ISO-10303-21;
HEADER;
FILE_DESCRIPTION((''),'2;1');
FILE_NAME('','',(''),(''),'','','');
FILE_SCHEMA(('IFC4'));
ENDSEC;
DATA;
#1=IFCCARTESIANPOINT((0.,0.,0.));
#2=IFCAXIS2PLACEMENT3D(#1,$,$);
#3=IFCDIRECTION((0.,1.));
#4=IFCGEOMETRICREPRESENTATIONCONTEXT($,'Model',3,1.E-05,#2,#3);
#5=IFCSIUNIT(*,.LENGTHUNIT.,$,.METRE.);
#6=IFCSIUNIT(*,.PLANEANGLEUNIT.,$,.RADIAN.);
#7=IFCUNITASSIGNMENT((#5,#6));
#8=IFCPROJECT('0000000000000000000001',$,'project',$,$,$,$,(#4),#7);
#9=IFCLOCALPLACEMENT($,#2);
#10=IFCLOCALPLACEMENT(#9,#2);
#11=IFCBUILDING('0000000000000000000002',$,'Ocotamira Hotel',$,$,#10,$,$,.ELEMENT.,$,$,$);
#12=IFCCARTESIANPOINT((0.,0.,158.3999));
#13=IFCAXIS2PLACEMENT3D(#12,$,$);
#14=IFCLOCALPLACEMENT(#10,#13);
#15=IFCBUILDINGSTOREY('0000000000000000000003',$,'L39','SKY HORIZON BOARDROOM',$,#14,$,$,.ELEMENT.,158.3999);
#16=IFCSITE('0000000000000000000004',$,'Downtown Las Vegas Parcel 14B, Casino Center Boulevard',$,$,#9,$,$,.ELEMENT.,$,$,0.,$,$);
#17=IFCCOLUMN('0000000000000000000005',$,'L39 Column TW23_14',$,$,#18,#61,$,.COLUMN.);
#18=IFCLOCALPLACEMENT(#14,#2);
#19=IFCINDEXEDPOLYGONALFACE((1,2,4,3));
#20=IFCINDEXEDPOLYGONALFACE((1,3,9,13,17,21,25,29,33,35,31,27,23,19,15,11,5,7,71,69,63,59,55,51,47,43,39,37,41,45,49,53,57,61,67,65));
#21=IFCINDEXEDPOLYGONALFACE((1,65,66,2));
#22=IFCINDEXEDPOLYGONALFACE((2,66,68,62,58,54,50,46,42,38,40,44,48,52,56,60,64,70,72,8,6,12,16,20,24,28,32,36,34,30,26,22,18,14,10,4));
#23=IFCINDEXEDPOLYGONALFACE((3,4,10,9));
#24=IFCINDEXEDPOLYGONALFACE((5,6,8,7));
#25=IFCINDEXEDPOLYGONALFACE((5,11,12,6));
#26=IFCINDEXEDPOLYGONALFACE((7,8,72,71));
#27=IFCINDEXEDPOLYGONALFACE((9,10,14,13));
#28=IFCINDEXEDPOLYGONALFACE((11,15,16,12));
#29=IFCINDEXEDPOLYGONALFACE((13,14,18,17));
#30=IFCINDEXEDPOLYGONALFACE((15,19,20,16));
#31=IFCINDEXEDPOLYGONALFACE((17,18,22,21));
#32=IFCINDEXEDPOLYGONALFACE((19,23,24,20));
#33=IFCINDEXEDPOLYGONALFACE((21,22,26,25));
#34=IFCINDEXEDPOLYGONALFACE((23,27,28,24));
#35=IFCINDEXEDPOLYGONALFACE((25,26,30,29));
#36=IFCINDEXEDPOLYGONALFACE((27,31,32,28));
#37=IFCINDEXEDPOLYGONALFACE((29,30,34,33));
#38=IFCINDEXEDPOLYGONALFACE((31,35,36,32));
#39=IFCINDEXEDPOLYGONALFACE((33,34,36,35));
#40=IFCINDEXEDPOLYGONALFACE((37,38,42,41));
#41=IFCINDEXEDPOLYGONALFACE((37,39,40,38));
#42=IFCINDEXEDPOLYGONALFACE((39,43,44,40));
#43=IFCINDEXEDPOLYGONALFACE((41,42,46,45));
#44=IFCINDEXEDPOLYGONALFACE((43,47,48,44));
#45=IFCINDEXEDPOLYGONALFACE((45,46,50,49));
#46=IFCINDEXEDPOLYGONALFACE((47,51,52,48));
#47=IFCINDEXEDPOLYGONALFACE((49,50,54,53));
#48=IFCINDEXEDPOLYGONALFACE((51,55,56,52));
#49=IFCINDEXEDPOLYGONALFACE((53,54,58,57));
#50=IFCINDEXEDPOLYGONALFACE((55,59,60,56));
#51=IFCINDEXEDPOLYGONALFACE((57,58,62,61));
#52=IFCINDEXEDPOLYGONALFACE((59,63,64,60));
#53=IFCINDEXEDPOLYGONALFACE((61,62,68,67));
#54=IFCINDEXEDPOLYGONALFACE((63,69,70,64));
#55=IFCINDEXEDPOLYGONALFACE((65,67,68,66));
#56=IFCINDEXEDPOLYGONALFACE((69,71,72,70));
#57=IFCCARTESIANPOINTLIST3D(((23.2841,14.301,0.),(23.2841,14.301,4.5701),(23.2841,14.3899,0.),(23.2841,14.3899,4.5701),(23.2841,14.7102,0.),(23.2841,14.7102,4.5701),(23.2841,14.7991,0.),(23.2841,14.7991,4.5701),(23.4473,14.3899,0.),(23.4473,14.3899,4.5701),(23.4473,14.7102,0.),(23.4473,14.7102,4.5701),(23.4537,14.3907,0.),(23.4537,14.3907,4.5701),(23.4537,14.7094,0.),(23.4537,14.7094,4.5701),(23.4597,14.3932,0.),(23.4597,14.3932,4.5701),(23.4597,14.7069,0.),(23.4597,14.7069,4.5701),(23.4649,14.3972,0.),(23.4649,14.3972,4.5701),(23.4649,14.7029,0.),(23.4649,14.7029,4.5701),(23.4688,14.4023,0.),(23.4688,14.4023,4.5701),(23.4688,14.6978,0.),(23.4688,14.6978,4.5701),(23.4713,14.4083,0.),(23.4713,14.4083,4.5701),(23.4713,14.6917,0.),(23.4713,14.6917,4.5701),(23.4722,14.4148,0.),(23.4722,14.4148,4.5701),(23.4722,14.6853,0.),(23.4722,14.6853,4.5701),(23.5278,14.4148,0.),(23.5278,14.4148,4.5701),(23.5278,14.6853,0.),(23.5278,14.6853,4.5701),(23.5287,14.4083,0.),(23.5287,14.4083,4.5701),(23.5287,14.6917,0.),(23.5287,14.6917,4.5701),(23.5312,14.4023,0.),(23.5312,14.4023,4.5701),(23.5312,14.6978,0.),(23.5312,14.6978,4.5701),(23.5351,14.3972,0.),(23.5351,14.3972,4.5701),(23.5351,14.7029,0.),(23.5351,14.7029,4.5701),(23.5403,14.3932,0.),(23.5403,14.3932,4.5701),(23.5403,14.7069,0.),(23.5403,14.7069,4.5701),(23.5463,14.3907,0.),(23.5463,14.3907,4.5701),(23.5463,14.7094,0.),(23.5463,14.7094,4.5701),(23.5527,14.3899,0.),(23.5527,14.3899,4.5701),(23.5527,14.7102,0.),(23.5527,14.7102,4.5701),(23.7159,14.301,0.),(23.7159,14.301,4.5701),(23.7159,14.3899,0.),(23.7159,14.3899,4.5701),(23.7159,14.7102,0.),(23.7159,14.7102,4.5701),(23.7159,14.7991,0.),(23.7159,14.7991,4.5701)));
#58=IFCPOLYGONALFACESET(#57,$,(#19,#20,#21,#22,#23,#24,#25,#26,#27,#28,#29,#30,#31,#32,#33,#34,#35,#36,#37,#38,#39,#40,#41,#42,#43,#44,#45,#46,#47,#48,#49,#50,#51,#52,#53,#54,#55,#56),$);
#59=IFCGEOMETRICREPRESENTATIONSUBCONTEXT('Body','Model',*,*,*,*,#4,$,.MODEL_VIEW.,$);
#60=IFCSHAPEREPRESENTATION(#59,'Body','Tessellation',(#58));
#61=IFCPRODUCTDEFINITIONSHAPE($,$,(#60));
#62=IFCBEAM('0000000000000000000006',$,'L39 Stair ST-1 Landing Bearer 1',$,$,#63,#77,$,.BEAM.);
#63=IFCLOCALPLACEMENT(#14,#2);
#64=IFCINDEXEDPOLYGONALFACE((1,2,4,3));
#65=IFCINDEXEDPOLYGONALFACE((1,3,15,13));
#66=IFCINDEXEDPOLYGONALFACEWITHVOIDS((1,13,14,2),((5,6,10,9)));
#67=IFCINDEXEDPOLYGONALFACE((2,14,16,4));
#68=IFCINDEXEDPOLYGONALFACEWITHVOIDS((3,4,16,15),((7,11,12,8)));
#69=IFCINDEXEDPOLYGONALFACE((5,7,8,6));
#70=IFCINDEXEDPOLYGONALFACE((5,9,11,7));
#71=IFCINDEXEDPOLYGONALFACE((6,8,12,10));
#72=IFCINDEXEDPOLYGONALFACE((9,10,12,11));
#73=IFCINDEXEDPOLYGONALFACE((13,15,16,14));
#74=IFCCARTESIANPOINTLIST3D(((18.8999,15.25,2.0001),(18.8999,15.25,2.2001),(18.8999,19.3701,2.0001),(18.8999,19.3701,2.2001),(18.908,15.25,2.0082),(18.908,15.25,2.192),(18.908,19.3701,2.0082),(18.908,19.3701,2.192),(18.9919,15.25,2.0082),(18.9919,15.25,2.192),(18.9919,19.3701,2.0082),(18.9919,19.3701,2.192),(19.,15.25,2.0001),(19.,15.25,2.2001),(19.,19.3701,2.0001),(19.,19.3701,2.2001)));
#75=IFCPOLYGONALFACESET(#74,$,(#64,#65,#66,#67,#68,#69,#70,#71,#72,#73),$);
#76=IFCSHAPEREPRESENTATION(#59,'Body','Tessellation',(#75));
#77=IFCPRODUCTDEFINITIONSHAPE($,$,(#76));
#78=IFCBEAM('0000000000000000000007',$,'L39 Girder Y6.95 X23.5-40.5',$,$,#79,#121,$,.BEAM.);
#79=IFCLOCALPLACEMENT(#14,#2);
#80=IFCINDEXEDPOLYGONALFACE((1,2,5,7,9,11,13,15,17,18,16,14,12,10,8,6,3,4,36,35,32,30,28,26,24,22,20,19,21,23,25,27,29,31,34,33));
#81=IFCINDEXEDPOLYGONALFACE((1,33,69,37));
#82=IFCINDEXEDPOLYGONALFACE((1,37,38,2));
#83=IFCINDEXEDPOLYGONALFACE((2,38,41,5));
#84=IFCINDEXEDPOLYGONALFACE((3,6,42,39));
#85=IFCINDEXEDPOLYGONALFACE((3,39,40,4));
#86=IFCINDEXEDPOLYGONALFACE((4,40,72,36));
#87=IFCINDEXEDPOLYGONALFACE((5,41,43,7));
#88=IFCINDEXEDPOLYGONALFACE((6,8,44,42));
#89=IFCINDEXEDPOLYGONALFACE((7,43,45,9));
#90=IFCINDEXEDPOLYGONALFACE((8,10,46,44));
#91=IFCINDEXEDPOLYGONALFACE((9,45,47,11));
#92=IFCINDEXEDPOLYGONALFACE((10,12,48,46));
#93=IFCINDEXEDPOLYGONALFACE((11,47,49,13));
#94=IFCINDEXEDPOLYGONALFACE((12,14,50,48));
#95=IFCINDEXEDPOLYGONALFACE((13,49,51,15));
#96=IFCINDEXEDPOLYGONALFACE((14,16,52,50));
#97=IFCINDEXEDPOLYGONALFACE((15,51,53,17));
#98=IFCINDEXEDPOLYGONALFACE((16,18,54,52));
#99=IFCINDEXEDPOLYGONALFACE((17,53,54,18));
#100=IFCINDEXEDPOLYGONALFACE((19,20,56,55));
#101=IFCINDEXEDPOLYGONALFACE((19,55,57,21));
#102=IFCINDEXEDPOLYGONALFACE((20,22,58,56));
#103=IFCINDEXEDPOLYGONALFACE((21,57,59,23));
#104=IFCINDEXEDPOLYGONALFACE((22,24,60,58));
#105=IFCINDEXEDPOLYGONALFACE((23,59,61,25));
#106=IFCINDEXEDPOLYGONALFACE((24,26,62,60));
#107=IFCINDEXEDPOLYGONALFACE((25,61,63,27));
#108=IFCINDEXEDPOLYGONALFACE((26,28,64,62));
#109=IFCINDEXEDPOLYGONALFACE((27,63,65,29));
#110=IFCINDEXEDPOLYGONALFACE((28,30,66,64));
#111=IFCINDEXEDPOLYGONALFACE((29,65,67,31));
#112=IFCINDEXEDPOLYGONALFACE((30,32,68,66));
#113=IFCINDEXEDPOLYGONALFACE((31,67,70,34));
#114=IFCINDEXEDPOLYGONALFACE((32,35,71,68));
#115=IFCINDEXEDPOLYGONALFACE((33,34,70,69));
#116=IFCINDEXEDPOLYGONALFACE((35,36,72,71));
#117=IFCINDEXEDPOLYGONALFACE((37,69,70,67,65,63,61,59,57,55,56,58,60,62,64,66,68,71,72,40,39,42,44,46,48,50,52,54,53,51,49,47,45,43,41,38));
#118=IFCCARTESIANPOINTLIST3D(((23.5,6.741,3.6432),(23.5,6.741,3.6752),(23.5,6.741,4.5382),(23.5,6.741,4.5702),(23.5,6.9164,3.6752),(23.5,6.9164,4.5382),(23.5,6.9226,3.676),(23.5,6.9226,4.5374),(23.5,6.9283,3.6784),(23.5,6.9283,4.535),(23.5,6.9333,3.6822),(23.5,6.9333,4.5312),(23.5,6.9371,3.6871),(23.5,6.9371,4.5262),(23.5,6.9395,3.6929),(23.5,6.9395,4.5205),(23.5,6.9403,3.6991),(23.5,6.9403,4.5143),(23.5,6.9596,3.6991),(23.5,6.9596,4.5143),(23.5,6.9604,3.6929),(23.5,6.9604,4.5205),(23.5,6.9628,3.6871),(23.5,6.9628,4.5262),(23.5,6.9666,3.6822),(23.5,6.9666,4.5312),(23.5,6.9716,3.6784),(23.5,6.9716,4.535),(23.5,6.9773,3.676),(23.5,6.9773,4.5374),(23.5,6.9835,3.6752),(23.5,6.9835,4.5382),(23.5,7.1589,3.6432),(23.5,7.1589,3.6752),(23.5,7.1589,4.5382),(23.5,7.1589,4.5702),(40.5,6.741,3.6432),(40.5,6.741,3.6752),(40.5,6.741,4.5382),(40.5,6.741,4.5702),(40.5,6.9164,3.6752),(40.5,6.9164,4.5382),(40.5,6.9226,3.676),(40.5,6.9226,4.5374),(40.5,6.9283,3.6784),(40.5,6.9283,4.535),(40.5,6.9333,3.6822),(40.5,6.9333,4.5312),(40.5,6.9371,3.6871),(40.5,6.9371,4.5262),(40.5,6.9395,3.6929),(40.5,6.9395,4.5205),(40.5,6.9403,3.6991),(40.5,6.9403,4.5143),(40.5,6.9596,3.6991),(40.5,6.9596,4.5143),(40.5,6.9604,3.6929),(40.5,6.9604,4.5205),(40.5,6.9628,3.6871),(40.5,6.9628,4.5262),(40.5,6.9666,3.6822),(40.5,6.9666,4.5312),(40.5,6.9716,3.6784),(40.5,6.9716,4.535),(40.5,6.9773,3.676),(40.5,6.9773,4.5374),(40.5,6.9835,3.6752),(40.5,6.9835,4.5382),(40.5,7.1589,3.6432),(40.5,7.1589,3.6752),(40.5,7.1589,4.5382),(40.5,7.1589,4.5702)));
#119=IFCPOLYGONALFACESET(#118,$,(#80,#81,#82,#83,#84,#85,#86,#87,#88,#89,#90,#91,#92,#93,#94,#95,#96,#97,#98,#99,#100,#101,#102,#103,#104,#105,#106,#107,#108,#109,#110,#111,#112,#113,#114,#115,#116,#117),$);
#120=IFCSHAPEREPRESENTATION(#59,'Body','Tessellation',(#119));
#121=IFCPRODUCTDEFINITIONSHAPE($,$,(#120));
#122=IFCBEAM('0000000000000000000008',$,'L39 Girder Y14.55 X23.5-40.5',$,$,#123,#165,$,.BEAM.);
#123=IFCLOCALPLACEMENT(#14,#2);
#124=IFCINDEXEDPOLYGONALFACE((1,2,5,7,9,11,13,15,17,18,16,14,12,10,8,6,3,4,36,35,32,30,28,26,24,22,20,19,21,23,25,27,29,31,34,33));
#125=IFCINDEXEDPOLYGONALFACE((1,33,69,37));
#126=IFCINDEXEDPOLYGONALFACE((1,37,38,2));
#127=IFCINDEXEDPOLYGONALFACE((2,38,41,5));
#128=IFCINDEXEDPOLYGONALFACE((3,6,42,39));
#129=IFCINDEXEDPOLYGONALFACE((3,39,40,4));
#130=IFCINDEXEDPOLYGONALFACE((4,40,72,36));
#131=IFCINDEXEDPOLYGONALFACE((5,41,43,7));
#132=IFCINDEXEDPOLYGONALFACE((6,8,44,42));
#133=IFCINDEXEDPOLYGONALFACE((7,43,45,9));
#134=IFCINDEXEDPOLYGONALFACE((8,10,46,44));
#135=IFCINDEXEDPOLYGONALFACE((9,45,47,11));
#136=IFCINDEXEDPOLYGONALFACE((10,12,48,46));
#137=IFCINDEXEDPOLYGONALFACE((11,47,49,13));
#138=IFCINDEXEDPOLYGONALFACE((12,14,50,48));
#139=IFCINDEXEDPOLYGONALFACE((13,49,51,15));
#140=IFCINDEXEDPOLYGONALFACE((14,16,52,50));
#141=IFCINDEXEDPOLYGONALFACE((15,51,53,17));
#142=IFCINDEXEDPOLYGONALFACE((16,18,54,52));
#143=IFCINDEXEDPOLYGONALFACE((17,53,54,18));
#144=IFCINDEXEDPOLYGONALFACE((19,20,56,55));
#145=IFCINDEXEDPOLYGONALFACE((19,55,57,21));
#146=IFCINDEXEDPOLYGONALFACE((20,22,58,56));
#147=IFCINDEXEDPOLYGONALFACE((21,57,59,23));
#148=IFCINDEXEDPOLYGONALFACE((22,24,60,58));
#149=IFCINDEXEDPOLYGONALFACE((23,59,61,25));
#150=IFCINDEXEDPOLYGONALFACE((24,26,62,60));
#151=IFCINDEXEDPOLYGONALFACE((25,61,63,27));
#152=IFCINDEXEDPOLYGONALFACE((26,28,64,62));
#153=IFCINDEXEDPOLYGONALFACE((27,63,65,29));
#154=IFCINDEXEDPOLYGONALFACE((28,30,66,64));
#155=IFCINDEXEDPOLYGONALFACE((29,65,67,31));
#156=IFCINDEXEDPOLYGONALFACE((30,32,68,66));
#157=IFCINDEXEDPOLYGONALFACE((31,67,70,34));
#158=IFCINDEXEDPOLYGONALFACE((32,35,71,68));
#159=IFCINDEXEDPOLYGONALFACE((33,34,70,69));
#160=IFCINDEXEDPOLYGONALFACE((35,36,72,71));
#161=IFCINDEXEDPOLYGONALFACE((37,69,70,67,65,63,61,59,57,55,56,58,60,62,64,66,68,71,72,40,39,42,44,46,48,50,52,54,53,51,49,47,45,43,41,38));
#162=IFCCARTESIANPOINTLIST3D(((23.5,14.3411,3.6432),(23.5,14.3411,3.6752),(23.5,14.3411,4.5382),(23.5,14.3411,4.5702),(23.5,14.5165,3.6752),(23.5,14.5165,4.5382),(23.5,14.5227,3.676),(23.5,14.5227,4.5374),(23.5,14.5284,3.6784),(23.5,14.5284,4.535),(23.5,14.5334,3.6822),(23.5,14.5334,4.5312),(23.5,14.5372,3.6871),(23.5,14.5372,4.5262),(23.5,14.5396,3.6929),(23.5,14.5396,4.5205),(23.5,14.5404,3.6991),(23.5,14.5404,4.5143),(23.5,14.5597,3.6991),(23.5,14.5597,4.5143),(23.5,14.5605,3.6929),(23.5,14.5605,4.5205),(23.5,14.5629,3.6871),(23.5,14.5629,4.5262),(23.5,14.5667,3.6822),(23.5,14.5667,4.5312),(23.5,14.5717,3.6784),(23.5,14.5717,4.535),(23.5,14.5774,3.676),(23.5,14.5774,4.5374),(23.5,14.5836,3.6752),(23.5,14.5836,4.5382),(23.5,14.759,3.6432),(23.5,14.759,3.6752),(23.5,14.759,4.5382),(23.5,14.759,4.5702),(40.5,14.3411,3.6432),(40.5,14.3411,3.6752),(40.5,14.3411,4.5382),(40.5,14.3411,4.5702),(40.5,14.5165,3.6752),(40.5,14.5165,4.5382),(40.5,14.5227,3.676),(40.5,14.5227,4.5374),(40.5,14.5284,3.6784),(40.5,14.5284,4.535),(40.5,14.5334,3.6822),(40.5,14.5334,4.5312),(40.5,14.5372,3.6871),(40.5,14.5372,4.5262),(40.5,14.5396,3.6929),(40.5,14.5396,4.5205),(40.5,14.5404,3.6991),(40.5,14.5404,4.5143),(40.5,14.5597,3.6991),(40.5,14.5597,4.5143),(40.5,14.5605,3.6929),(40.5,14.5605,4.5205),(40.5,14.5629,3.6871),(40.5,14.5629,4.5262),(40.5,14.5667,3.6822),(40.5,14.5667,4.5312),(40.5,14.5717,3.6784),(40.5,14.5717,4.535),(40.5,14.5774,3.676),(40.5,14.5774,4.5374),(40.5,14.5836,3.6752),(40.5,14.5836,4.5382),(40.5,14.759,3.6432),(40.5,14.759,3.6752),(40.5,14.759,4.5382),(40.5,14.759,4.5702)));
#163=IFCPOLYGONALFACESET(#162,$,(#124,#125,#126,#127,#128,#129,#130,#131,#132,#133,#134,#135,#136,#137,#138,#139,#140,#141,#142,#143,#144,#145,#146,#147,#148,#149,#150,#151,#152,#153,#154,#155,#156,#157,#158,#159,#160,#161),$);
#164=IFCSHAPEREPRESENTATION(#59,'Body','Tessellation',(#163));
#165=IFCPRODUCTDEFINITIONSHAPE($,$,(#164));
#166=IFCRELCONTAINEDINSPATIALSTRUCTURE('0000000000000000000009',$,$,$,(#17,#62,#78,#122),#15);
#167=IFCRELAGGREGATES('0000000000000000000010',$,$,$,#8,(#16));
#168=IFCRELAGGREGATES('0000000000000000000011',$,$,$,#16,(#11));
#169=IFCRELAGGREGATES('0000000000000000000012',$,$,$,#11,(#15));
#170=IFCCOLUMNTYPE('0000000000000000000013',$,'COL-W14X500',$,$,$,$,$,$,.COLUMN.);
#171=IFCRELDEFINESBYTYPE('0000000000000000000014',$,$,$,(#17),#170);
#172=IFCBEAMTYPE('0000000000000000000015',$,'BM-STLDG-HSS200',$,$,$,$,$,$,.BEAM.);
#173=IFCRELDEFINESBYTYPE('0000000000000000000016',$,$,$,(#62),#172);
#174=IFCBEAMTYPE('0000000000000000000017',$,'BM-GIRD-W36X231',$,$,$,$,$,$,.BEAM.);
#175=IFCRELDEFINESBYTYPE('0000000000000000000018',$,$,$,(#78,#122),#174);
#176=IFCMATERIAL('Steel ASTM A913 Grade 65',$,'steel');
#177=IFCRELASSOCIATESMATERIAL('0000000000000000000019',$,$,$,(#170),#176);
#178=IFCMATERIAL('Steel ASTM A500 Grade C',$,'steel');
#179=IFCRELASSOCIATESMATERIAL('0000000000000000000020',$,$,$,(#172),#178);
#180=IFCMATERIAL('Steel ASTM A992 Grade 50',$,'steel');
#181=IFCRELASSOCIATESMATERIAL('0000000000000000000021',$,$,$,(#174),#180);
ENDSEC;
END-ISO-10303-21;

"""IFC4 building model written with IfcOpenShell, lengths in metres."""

from ifc_helpers import new_model, si_unit, direction, frame, origin, origin_2d, place, context, subcontext, project, spatial, hollow_rectangle, i_section, extrude, source, transform, mapped, material, material_profile, profile_set, type_object, element, save


model = new_model("IFC4")

# Units and contexts
model_context = context("Model", 3, precision=1e-05, world=origin(), true_north=direction((0.0, 1.0)))
body_context = subcontext(model_context, "Body", "Model", "MODEL_VIEW")
ifc_project = project(units=[si_unit("LENGTHUNIT", "METRE"), si_unit("PLANEANGLEUNIT", "RADIAN")], contexts=[model_context])

# Site, building, storey
site_placement = place(None, origin())
site = spatial("IfcSite", under=ifc_project, at=site_placement, Name="Downtown Las Vegas Parcel 14B, Casino Center Boulevard", CompositionType="ELEMENT", RefElevation=0.0)
building_placement = place(site_placement, origin())
building = spatial("IfcBuilding", under=site, at=building_placement, Name="Ocotamira Hotel", CompositionType="ELEMENT")
storey_placement = place(building_placement, frame((0.0, 0.0, 158.3999)))
storey = spatial("IfcBuildingStorey", under=building, at=storey_placement, Name="L39", Description="SKY HORIZON BOARDROOM", CompositionType="ELEMENT", Elevation=158.3999)

# Column
ifc_material_1 = material(Name="Steel ASTM A913 Grade 65", Category="steel")
ifc_material_profile_1 = material_profile(ifc_material_1, i_section(OverallWidth=0.4319, OverallDepth=0.498, WebThickness=0.0557, FlangeThickness=0.0889, FilletRadius=0.0249, at=origin_2d()), Name="W14X500")
ifc_profile_set_1 = profile_set([ifc_material_profile_1], Name="Steel ASTM A913 Grade 65")
column_type = type_object("IfcColumnType", Name="COL-W14X500", PredefinedType="COLUMN", material=ifc_profile_set_1)
shared_shape_1 = source(origin(), body_context, "Body", "SweptSolid", [
    extrude(i_section(OverallWidth=0.4319, OverallDepth=0.498, WebThickness=0.0557, FlangeThickness=0.0889, FilletRadius=0.0249, at=origin_2d()), origin(), (0.0, 0.0, 1.0), 4.5701),
])
column_placement = place(storey_placement, frame((23.5, 14.55, 0.0), z_axis=(0.0, 0.0, 1.0), x_axis=(1.0, 0.0, 0.0)))
element("IfcColumn", 1, at=column_placement, inside=storey, type_object=column_type, Name="L39 Column TW23_14", PredefinedType="COLUMN", context=body_context, shape_type="MappedRepresentation", body=[
    mapped(shared_shape_1, transform((0.0, 0.0, 0.0), scale=1.0)),
])

# Beams
ifc_material_2 = material(Name="Steel ASTM A500 Grade C", Category="steel")
ifc_material_profile_2 = material_profile(ifc_material_2, hollow_rectangle(XDim=0.1001, YDim=0.2, WallThickness=0.0081, at=origin_2d()), Name="HSS200X100X8")
ifc_profile_set_2 = profile_set([ifc_material_profile_2], Name="Steel ASTM A500 Grade C")
beam_type_1 = type_object("IfcBeamType", Name="BM-STLDG-HSS200", PredefinedType="BEAM", material=ifc_profile_set_2)
shared_shape_2 = source(origin(), body_context, "Body", "SweptSolid", [
    extrude(hollow_rectangle(XDim=0.1001, YDim=0.2, WallThickness=0.0081, at=origin_2d()), origin(), (0.0, 0.0, 1.0), 4.1201),
])
beam_1_placement = place(storey_placement, frame((18.95, 15.25, 2.1001), z_axis=(0.0, 1.0, 0.0), x_axis=(-1.0, 0.0, 0.0)))
element("IfcBeam", 2, at=beam_1_placement, inside=storey, type_object=beam_type_1, Name="L39 Stair ST-1 Landing Bearer 1", PredefinedType="BEAM", context=body_context, shape_type="MappedRepresentation", body=[
    mapped(shared_shape_2, transform((0.0, 0.0, 0.0), scale=1.0)),
])
ifc_material_3 = material(Name="Steel ASTM A992 Grade 50", Category="steel")
ifc_material_profile_3 = material_profile(ifc_material_3, i_section(OverallWidth=0.418, OverallDepth=0.927, WebThickness=0.0193, FlangeThickness=0.032, FilletRadius=0.0239, at=origin_2d()), Name="W36X231")
ifc_profile_set_3 = profile_set([ifc_material_profile_3], Name="Steel ASTM A992 Grade 50")
beam_type_2 = type_object("IfcBeamType", Name="BM-GIRD-W36X231", PredefinedType="BEAM", material=ifc_profile_set_3)
shared_shape_3 = source(origin(), body_context, "Body", "SweptSolid", [
    extrude(i_section(OverallWidth=0.418, OverallDepth=0.927, WebThickness=0.0193, FlangeThickness=0.032, FilletRadius=0.0239, at=origin_2d()), origin(), (0.0, 0.0, 1.0), 17.0),
])
for number, where, z_axis, x_axis, name in (
    (3, (23.5, 6.95, 4.1067), (1.0, 0.0, 0.0), (0.0, 1.0, 0.0), "L39 Girder Y6.95 X23.5-40.5"),
    (4, (23.5, 14.55, 4.1067), (1.0, 0.0, 0.0), (0.0, 1.0, 0.0), "L39 Girder Y14.55 X23.5-40.5"),
):
    element("IfcBeam", number, at=place(storey_placement, frame(where, z_axis=z_axis, x_axis=x_axis)), inside=storey, type_object=beam_type_2, Name=name, PredefinedType="BEAM", context=body_context, shape_type="MappedRepresentation", body=[
        mapped(shared_shape_3, transform((0.0, 0.0, 0.0), scale=1.0)),
    ])

save(model, "model.ifc")
